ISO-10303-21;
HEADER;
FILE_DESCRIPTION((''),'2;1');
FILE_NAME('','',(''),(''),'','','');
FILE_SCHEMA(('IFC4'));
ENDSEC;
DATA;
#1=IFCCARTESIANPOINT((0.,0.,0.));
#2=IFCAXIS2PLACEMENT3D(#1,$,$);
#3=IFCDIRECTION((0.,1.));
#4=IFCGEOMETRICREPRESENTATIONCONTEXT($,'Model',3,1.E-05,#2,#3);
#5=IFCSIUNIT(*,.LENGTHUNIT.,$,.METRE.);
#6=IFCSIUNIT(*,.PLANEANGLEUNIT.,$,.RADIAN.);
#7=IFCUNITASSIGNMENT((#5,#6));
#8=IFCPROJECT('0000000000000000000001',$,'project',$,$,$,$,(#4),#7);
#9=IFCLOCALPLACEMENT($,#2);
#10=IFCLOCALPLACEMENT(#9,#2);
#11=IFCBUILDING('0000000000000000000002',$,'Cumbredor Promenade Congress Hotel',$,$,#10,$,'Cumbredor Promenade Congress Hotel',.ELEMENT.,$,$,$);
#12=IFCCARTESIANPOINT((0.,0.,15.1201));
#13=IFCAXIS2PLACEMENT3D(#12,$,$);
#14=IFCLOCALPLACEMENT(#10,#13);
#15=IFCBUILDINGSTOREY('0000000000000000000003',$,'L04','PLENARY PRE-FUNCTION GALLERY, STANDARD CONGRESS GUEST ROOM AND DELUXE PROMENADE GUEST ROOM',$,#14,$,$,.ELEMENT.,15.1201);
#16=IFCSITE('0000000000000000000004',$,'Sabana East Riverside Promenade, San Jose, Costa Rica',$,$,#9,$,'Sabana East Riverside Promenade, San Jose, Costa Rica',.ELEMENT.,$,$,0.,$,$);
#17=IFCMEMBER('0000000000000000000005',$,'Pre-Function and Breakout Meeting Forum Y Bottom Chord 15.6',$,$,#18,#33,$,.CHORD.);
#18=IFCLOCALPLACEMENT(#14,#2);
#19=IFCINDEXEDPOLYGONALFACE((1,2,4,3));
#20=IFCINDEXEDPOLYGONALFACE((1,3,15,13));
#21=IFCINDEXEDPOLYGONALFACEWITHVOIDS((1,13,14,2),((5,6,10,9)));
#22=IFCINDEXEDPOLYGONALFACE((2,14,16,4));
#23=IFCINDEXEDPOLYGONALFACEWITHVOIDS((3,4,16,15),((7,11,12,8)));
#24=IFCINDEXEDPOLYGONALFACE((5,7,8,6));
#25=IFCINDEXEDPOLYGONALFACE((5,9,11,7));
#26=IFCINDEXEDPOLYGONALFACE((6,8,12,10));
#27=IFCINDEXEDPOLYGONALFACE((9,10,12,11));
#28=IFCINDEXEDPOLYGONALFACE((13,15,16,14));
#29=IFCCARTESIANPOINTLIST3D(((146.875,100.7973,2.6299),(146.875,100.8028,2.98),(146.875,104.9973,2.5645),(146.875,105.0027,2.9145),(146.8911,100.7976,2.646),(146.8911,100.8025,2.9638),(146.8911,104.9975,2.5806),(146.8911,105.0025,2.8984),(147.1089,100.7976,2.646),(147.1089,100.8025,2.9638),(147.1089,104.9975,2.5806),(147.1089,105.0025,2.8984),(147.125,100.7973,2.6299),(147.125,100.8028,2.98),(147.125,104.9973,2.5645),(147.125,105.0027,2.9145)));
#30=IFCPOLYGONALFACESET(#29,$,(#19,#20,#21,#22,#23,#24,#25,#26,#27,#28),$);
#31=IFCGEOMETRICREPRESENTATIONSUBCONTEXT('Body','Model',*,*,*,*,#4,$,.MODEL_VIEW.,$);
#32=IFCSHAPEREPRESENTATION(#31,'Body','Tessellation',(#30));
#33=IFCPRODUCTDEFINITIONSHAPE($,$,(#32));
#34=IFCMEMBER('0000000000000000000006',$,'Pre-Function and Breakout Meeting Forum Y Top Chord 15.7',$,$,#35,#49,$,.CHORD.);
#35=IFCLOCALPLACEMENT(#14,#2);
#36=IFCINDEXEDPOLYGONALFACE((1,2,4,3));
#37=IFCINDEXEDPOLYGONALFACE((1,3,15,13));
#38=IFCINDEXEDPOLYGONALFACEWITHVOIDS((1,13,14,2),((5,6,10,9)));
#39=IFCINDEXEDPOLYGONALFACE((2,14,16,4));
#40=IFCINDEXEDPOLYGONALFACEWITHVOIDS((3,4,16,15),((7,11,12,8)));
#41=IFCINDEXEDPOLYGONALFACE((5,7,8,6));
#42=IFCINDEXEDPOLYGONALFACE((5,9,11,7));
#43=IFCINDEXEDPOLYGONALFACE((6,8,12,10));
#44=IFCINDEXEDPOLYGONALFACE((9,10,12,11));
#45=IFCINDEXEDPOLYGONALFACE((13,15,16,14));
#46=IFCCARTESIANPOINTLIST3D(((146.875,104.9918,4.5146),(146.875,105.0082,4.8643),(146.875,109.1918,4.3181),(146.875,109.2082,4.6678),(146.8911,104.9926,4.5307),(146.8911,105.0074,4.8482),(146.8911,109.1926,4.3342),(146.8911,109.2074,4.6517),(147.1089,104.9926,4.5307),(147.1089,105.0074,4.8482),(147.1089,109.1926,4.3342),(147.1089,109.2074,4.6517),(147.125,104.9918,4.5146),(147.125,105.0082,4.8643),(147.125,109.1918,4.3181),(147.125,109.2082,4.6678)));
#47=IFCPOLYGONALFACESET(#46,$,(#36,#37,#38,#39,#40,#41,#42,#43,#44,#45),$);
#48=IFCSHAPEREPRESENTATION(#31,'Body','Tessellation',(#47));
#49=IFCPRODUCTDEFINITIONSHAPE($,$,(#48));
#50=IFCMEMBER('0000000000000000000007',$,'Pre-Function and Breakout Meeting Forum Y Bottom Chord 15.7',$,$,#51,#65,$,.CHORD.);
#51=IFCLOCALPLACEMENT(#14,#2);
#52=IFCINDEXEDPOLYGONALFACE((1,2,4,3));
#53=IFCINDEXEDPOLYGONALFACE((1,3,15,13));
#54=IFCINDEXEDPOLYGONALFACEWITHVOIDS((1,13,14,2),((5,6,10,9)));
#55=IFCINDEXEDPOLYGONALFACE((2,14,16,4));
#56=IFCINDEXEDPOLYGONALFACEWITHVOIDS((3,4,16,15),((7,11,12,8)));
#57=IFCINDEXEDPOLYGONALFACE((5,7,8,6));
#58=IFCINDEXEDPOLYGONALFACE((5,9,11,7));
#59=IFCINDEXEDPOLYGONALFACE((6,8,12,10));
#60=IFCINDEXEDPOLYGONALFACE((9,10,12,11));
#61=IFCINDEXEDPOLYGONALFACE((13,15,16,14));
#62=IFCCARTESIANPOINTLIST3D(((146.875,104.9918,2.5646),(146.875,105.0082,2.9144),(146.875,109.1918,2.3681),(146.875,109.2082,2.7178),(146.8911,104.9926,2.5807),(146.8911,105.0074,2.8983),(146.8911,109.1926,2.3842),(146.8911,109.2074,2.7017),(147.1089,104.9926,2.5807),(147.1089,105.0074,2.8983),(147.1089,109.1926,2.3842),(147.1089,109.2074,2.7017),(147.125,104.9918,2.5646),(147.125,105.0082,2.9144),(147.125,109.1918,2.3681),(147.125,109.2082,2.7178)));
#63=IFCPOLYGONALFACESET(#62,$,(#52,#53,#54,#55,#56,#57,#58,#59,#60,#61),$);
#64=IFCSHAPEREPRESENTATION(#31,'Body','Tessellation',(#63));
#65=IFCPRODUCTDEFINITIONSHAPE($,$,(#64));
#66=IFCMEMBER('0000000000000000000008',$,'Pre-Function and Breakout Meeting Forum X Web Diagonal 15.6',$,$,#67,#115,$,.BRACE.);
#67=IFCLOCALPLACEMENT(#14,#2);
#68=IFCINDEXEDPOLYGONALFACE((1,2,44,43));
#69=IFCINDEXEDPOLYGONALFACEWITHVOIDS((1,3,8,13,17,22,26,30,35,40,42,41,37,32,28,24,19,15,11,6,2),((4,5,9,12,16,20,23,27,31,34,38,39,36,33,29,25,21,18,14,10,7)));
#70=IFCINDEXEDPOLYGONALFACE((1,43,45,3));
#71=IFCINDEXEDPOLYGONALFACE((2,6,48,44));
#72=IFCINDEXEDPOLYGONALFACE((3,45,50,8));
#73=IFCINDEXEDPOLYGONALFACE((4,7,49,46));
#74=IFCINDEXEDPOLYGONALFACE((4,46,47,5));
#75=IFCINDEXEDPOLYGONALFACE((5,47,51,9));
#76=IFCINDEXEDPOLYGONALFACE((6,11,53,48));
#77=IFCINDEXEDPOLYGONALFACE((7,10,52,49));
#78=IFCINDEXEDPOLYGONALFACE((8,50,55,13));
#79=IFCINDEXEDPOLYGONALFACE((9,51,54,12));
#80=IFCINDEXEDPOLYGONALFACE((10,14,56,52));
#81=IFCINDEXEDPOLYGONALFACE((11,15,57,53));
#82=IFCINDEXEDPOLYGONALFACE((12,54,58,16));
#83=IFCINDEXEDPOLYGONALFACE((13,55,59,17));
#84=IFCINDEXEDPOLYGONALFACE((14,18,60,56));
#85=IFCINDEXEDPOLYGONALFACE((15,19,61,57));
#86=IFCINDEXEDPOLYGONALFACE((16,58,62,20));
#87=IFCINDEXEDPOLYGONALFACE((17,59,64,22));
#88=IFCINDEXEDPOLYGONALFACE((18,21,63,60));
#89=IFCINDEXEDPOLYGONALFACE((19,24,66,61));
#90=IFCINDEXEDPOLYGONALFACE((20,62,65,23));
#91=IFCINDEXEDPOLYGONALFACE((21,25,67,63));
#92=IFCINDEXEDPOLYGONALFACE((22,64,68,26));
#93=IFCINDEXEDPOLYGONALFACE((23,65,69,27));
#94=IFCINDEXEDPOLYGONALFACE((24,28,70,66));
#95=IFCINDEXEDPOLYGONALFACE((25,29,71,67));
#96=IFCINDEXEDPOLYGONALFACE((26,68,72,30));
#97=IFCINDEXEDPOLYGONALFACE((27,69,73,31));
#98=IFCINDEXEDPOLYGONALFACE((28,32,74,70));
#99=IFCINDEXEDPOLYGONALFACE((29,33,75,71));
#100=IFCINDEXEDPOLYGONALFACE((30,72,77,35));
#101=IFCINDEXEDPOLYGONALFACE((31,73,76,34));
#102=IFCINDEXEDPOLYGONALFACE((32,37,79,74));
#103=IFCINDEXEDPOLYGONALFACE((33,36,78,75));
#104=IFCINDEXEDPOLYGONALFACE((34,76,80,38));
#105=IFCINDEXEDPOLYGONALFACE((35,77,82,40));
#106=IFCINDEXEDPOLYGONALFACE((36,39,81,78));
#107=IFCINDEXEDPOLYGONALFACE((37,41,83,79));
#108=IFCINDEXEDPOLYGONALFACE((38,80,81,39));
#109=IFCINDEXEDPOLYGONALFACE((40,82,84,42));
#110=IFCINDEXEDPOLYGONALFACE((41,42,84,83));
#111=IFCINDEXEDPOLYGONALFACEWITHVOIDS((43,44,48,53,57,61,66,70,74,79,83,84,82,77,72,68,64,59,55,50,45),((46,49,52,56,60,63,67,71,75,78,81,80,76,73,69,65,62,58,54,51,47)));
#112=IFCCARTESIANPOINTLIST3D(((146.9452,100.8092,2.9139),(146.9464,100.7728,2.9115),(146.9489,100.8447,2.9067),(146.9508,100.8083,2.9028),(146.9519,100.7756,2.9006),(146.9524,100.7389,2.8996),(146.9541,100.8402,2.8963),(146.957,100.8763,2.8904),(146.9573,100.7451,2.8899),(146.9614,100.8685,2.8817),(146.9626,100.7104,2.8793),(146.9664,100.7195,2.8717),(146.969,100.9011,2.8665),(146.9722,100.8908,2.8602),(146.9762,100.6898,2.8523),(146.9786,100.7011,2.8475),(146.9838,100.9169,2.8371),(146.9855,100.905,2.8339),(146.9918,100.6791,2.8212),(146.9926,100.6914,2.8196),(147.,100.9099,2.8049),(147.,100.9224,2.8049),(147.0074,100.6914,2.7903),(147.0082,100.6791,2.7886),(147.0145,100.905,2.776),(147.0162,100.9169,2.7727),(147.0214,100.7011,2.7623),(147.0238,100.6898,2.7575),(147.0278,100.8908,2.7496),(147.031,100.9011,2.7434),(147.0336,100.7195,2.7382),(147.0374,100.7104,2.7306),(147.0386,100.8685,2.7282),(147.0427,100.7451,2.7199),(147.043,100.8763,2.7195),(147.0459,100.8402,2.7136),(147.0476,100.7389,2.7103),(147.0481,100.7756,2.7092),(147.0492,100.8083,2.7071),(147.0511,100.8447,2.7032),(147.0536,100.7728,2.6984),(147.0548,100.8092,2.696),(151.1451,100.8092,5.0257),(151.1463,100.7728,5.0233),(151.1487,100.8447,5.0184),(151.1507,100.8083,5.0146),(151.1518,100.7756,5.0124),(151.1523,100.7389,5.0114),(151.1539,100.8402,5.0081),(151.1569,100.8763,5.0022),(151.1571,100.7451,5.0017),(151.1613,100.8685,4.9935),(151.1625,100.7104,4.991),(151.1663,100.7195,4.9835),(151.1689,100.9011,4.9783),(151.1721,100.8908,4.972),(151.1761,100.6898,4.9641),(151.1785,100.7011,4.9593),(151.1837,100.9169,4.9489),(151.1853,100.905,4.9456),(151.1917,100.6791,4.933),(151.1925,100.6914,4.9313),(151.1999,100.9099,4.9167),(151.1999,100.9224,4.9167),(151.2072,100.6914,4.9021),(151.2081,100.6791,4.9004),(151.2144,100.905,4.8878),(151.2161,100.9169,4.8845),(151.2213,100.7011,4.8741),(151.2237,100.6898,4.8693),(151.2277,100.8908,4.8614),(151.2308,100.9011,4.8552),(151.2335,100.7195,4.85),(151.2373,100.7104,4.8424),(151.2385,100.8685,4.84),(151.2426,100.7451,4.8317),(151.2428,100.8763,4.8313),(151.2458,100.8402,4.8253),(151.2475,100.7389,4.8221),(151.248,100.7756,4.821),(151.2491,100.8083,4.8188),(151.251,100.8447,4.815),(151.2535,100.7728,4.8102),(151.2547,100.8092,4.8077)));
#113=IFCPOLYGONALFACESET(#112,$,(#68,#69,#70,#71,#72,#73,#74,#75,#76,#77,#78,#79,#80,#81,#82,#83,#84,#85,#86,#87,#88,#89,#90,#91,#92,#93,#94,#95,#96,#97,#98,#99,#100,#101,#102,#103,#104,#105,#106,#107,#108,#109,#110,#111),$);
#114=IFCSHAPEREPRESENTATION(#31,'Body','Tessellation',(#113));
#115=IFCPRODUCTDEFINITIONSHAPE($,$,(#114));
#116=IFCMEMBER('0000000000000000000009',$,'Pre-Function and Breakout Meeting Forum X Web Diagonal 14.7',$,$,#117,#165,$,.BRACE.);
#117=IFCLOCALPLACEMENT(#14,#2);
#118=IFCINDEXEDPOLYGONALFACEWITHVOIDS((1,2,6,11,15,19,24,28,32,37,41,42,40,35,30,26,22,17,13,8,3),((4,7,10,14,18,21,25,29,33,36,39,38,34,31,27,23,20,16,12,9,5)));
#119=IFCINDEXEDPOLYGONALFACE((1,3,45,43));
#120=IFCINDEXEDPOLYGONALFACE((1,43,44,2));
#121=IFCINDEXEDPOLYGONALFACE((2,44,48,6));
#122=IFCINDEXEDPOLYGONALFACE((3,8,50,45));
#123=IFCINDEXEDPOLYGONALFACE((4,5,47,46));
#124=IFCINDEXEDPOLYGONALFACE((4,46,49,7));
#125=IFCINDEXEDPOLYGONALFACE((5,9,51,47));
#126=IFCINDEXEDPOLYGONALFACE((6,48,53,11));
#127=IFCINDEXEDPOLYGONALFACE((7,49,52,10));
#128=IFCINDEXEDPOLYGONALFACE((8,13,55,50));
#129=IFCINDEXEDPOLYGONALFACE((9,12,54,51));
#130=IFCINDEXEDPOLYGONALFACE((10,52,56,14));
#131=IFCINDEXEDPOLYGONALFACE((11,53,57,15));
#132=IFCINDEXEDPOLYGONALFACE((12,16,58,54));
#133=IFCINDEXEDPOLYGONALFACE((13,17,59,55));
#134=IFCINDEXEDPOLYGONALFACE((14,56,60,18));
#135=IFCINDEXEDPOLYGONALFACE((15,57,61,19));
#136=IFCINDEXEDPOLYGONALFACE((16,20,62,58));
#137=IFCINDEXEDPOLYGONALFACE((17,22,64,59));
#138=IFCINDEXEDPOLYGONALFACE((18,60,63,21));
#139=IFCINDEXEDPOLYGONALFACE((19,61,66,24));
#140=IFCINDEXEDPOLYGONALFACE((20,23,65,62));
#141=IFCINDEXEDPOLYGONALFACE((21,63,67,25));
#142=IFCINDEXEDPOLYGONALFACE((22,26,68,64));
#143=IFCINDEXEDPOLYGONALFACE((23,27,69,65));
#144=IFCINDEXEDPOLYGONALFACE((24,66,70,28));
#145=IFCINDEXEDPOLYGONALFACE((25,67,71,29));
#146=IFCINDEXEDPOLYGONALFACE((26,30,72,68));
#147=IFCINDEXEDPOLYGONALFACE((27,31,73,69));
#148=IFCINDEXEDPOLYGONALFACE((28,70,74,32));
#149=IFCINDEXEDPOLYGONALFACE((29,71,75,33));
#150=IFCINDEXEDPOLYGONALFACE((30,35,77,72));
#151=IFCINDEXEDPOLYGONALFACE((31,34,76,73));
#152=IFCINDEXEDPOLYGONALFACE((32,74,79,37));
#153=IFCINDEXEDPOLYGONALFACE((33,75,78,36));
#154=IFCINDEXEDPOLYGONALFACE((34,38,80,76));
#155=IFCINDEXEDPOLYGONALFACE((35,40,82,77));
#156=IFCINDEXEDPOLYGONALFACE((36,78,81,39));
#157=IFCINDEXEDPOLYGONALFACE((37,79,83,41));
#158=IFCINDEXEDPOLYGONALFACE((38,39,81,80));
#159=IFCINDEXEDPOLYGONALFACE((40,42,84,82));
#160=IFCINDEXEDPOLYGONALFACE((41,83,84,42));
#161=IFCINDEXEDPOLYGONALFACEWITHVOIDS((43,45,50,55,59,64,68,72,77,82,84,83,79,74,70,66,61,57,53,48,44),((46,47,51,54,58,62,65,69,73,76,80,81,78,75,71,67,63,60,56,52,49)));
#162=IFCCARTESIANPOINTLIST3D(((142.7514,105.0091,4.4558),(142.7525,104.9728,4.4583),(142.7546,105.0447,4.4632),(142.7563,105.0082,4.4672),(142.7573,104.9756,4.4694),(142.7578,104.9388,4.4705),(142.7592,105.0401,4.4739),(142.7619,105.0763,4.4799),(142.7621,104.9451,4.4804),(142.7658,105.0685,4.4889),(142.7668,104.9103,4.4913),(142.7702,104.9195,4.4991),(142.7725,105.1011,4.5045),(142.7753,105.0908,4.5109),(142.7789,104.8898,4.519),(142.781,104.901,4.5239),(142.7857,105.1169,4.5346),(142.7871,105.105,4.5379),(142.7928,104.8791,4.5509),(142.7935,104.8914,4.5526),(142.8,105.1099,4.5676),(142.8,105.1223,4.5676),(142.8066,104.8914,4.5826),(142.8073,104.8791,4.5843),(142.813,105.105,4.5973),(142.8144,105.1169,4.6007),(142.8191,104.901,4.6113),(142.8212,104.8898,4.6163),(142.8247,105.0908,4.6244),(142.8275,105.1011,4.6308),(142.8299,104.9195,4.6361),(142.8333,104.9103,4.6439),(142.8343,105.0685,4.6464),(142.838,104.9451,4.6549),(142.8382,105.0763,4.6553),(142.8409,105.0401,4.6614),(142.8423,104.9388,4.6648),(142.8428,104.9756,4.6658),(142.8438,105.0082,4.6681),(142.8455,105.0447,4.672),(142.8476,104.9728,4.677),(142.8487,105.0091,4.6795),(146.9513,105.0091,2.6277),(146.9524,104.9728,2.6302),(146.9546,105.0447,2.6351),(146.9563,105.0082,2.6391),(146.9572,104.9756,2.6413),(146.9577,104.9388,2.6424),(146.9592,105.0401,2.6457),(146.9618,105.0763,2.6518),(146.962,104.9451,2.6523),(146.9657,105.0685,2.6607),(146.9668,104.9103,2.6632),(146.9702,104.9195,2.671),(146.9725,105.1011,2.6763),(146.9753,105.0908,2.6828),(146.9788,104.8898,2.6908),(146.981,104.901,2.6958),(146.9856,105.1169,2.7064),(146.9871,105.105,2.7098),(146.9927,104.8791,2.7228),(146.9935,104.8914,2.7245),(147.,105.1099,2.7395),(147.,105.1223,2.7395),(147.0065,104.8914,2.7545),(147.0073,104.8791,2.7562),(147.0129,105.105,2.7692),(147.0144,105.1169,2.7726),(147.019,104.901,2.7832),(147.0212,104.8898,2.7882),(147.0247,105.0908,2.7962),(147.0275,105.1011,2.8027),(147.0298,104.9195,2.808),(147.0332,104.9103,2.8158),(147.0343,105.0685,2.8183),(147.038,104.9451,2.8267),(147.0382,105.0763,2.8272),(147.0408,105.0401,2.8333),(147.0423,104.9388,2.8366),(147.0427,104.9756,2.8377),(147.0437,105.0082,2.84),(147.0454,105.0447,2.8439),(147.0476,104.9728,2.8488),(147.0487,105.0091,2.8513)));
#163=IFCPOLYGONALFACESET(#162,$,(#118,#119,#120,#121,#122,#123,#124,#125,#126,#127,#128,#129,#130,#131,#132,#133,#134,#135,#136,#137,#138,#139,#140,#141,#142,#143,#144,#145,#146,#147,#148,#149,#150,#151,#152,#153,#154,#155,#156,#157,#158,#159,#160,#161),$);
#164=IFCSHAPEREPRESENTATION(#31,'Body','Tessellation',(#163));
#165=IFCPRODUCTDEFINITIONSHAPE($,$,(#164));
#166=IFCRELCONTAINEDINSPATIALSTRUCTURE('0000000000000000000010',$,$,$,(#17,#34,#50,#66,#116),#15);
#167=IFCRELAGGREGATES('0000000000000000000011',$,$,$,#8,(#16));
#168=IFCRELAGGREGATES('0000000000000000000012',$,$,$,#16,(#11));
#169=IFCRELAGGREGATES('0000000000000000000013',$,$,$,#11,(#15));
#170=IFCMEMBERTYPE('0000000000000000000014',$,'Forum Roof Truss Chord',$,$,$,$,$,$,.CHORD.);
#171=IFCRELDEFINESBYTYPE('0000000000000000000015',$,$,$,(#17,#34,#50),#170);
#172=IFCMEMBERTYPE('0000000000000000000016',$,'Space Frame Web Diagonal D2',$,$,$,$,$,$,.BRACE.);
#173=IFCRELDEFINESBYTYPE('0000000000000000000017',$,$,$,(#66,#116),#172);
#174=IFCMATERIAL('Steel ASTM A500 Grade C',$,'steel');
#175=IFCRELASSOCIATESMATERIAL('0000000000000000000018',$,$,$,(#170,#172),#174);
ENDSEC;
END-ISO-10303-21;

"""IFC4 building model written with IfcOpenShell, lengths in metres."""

from ifc_helpers import new_model, si_unit, direction, frame, origin, origin_2d, place, context, subcontext, project, spatial, hollow_rectangle, hollow_circle, extrude, material, material_profile, profile_set, type_object, element, save


model = new_model("IFC4")

# Units and contexts
model_context = context("Model", 3, precision=1e-05, world=origin(), true_north=direction((0.0, 1.0)))
body_context = subcontext(model_context, "Body", "Model", "MODEL_VIEW")
ifc_project = project(units=[si_unit("LENGTHUNIT", "METRE"), si_unit("PLANEANGLEUNIT", "RADIAN")], contexts=[model_context])

# Site, building, storey
site_placement = place(None, origin())
site = spatial("IfcSite", under=ifc_project, at=site_placement, Name="Sabana East Riverside Promenade, San Jose, Costa Rica", LongName="Sabana East Riverside Promenade, San Jose, Costa Rica", CompositionType="ELEMENT", RefElevation=0.0)
building_placement = place(site_placement, origin())
building = spatial("IfcBuilding", under=site, at=building_placement, Name="Cumbredor Promenade Congress Hotel", LongName="Cumbredor Promenade Congress Hotel", CompositionType="ELEMENT")
storey_placement = place(building_placement, frame((0.0, 0.0, 15.1201)))
storey = spatial("IfcBuildingStorey", under=building, at=storey_placement, Name="L04", Description="PLENARY PRE-FUNCTION GALLERY, STANDARD CONGRESS GUEST ROOM AND DELUXE PROMENADE GUEST ROOM", CompositionType="ELEMENT", Elevation=15.1201)

# Members
ifc_material_1 = material(Name="Steel ASTM A500 Grade C", Category="steel")
ifc_material_profile_1 = material_profile(ifc_material_1, hollow_rectangle(XDim=0.25, YDim=0.3501, WallThickness=0.0161, at=origin_2d()), Name="HSS 350x250x16")
ifc_profile_set_1 = profile_set([ifc_material_profile_1], Name="Steel ASTM A500 Grade C")
member_type_1 = type_object("IfcMemberType", Name="Forum Roof Truss Chord", PredefinedType="CHORD", material=ifc_profile_set_1)
for number, where, z_axis, x_axis, name in (
    (1, (147.0, 100.8, 2.8049), (0.0, 0.999879, -0.015577), (-1.0, 0.0, 0.0), "Pre-Function and Breakout Meeting Forum Y Bottom Chord 15.6"),
):
    element("IfcMember", number, at=place(storey_placement, frame(where, z_axis=z_axis, x_axis=x_axis)), inside=storey, type_object=member_type_1, Name=name, PredefinedType="CHORD", context=body_context, shape_type="SweptSolid", body=[
        extrude(hollow_rectangle(XDim=0.25, YDim=0.3501, WallThickness=0.0161, at=origin_2d()), origin(), (0.0, 0.0, 1.0), 4.2004),
    ])
for number, where, z_axis, x_axis, name in (
    (2, (147.0, 105.0, 4.6895), (0.0, 0.998907, -0.046743), (-1.0, 0.0, 0.0), "Pre-Function and Breakout Meeting Forum Y Top Chord 15.7"),
    (3, (147.0, 105.0, 2.7395), (0.0, 0.998907, -0.046743), (-1.0, 0.0, 0.0), "Pre-Function and Breakout Meeting Forum Y Bottom Chord 15.7"),
):
    element("IfcMember", number, at=place(storey_placement, frame(where, z_axis=z_axis, x_axis=x_axis)), inside=storey, type_object=member_type_1, Name=name, PredefinedType="CHORD", context=body_context, shape_type="SweptSolid", body=[
        extrude(hollow_rectangle(XDim=0.25, YDim=0.3501, WallThickness=0.0161, at=origin_2d()), origin(), (0.0, 0.0, 1.0), 4.2046),
    ])
ifc_material_profile_2 = material_profile(ifc_material_1, hollow_circle(Radius=0.1223, WallThickness=0.0125, at=origin_2d()), Name="CHS 244.5x12.5")
ifc_profile_set_2 = profile_set([ifc_material_profile_2], Name="Steel ASTM A500 Grade C")
member_type_2 = type_object("IfcMemberType", Name="Space Frame Web Diagonal D2", PredefinedType="BRACE", material=ifc_profile_set_2)
member_1_placement = place(storey_placement, frame((147.0, 100.8, 2.8049), z_axis=(0.893417, 0.0, 0.449227), x_axis=(0.0, 1.0, 0.0)))
element("IfcMember", 4, at=member_1_placement, inside=storey, type_object=member_type_2, Name="Pre-Function and Breakout Meeting Forum X Web Diagonal 15.6", PredefinedType="BRACE", context=body_context, shape_type="SweptSolid", body=[
    extrude(hollow_circle(Radius=0.1223, WallThickness=0.0125, at=origin_2d()), origin(), (0.0, 0.0, 1.0), 4.7009),
])
member_2_placement = place(storey_placement, frame((142.8, 105.0, 4.5676), z_axis=(0.916906, 0.0, -0.399104), x_axis=(0.0, 1.0, 0.0)))
element("IfcMember", 5, at=member_2_placement, inside=storey, type_object=member_type_2, Name="Pre-Function and Breakout Meeting Forum X Web Diagonal 14.7", PredefinedType="BRACE", context=body_context, shape_type="SweptSolid", body=[
    extrude(hollow_circle(Radius=0.1223, WallThickness=0.0125, at=origin_2d()), origin(), (0.0, 0.0, 1.0), 4.5806),
])

save(model, "model.ifc")
